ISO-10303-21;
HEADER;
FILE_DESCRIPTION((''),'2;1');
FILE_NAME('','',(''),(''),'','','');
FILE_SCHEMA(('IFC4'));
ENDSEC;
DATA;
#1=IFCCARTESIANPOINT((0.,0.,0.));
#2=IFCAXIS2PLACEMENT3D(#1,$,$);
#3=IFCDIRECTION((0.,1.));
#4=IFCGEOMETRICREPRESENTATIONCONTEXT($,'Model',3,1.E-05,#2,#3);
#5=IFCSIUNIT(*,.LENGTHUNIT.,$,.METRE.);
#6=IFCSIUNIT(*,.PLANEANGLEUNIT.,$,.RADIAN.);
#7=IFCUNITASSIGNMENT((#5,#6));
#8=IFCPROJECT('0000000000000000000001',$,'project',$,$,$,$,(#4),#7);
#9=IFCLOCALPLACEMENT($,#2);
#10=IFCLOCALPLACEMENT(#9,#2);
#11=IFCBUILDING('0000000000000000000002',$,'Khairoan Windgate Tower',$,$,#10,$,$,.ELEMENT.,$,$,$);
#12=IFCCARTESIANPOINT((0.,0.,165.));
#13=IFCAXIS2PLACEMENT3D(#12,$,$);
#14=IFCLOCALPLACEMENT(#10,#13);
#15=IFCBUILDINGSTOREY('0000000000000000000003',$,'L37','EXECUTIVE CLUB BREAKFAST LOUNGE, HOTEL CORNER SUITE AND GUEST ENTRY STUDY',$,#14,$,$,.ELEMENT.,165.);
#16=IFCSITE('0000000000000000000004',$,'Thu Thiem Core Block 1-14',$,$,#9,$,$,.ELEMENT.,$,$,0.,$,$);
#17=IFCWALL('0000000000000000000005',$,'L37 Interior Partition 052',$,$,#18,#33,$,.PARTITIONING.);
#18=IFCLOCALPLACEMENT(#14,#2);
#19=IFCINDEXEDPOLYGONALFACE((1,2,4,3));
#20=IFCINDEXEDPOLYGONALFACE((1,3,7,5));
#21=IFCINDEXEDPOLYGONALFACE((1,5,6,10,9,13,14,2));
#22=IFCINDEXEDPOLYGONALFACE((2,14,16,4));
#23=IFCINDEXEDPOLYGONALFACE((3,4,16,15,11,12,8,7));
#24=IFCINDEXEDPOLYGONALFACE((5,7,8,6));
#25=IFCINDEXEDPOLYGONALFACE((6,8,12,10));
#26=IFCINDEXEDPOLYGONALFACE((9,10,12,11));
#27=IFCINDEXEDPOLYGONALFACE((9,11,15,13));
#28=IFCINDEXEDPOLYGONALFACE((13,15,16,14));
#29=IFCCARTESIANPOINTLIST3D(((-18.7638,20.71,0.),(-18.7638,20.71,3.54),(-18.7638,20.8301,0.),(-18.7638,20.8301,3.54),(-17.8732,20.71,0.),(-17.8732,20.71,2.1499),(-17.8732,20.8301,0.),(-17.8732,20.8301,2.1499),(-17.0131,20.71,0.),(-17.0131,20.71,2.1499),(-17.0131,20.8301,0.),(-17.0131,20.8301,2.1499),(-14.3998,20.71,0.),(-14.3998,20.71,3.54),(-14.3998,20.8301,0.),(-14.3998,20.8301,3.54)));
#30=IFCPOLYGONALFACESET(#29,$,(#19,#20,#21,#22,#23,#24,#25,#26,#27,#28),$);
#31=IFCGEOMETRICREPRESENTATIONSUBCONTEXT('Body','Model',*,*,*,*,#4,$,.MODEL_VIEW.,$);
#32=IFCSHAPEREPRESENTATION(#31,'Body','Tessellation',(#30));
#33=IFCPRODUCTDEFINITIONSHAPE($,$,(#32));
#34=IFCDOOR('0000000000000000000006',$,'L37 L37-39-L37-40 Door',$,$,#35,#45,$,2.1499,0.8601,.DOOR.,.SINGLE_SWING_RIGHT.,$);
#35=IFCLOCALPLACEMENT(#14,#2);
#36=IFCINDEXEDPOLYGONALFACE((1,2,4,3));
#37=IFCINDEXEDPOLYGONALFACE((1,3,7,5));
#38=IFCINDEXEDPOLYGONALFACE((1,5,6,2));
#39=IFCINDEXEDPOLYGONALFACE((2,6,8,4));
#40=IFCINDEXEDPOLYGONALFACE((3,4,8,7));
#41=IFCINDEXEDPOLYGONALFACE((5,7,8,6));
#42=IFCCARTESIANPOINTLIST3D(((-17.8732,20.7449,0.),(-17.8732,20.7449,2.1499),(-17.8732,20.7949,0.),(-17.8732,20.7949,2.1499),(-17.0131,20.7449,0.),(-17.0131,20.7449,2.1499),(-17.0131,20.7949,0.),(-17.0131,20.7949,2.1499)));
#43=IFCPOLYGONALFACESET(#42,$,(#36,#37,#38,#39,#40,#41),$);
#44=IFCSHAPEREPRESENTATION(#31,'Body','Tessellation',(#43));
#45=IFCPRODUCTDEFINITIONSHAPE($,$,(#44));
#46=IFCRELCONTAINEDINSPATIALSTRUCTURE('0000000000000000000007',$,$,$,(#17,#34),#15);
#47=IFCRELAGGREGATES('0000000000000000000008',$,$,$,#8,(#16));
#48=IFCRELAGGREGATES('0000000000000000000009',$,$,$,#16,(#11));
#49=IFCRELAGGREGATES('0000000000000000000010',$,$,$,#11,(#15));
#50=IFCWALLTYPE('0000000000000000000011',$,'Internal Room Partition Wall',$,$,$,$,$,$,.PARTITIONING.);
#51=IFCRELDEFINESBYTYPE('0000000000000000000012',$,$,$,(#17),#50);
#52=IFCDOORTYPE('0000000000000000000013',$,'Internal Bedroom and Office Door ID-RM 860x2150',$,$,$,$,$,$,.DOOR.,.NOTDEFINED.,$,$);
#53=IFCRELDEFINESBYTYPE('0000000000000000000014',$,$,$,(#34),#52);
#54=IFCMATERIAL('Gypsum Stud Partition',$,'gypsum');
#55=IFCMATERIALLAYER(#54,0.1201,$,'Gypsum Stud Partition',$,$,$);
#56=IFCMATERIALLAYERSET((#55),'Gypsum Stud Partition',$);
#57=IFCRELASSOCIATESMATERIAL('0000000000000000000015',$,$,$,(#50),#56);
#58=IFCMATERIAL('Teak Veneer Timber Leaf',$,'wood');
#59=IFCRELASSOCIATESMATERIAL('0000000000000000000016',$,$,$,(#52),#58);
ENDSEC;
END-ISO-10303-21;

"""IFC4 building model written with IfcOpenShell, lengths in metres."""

from ifc_helpers import new_model, si_unit, direction, frame, frame_2d, origin, place, context, subcontext, project, spatial, rectangle, extrude, material, layer, layer_set, type_object, element, fill, save


model = new_model("IFC4")

# Units and contexts
model_context = context("Model", 3, precision=1e-05, world=origin(), true_north=direction((0.0, 1.0)))
body_context = subcontext(model_context, "Body", "Model", "MODEL_VIEW")
ifc_project = project(units=[si_unit("LENGTHUNIT", "METRE"), si_unit("PLANEANGLEUNIT", "RADIAN")], contexts=[model_context])

# Site, building, storey
site_placement = place(None, origin())
site = spatial("IfcSite", under=ifc_project, at=site_placement, Name="Thu Thiem Core Block 1-14", CompositionType="ELEMENT", RefElevation=0.0)
building_placement = place(site_placement, origin())
building = spatial("IfcBuilding", under=site, at=building_placement, Name="Khairoan Windgate Tower", CompositionType="ELEMENT")
storey_placement = place(building_placement, frame((0.0, 0.0, 165.0)))
storey = spatial("IfcBuildingStorey", under=building, at=storey_placement, Name="L37", Description="EXECUTIVE CLUB BREAKFAST LOUNGE, HOTEL CORNER SUITE AND GUEST ENTRY STUDY", CompositionType="ELEMENT", Elevation=165.0)

# Wall, opening, door
ifc_material_1 = material(Name="Gypsum Stud Partition", Category="gypsum")
ifc_layer_1 = layer(ifc_material_1, 0.1201, Name="Gypsum Stud Partition")
ifc_layer_set_1 = layer_set([ifc_layer_1], Name="Gypsum Stud Partition")
wall_type_1 = type_object("IfcWallType", Name="Internal Room Partition Wall", PredefinedType="PARTITIONING", material=ifc_layer_set_1)
wall_1_placement = place(storey_placement, frame((-18.7639, 20.77, 0.0), z_axis=(0.0, 0.0, 1.0), x_axis=(1.0, 0.0, 0.0)))
wall_1 = element("IfcWall", 1, at=wall_1_placement, inside=storey, type_object=wall_type_1, Name="L37 Interior Partition 052", PredefinedType="PARTITIONING", context=body_context, shape_type="SweptSolid", body=[
    extrude(rectangle(XDim=4.364, YDim=0.1201, at=frame_2d((2.1821, 0.0))), origin(), (0.0, 0.0, 1.0), 3.54),
])
opening_1_placement = place(wall_1_placement, frame((0.8906, 0.0, 0.0)))
opening_1 = element("IfcOpeningElement", 2, at=opening_1_placement, cuts=wall_1, PredefinedType="OPENING", context=body_context, shape_type="SweptSolid", body=[
    extrude(rectangle(XDim=0.8601, YDim=2.1499, at=frame_2d((0.4302, 1.075))), frame((0.0, 0.0701, 0.0), z_axis=(0.0, -1.0, 0.0), x_axis=(1.0, 0.0, 0.0)), (0.0, 0.0, 1.0), 0.1401),
])
ifc_material_2 = material(Name="Teak Veneer Timber Leaf", Category="wood")
door_type_1 = type_object("IfcDoorType", Name="Internal Bedroom and Office Door ID-RM 860x2150", OperationType="NOTDEFINED", PredefinedType="DOOR", material=ifc_material_2)
door_1_placement = place(opening_1_placement, origin())
door_1 = element("IfcDoor", 3, at=door_1_placement, inside=storey, type_object=door_type_1, Name="L37 L37-39-L37-40 Door", OperationType="SINGLE_SWING_RIGHT", OverallHeight=2.1499, OverallWidth=0.8601, PredefinedType="DOOR", context=body_context, shape_type="SweptSolid", body=[
    extrude(rectangle(XDim=0.8601, YDim=2.1499, at=frame_2d((0.4302, 1.075))), frame((0.0, 0.0249, 0.0), z_axis=(0.0, -1.0, 0.0), x_axis=(1.0, 0.0, 0.0)), (0.0, 0.0, 1.0), 0.05),
])
fill(opening_1, door_1)

save(model, "model.ifc")
